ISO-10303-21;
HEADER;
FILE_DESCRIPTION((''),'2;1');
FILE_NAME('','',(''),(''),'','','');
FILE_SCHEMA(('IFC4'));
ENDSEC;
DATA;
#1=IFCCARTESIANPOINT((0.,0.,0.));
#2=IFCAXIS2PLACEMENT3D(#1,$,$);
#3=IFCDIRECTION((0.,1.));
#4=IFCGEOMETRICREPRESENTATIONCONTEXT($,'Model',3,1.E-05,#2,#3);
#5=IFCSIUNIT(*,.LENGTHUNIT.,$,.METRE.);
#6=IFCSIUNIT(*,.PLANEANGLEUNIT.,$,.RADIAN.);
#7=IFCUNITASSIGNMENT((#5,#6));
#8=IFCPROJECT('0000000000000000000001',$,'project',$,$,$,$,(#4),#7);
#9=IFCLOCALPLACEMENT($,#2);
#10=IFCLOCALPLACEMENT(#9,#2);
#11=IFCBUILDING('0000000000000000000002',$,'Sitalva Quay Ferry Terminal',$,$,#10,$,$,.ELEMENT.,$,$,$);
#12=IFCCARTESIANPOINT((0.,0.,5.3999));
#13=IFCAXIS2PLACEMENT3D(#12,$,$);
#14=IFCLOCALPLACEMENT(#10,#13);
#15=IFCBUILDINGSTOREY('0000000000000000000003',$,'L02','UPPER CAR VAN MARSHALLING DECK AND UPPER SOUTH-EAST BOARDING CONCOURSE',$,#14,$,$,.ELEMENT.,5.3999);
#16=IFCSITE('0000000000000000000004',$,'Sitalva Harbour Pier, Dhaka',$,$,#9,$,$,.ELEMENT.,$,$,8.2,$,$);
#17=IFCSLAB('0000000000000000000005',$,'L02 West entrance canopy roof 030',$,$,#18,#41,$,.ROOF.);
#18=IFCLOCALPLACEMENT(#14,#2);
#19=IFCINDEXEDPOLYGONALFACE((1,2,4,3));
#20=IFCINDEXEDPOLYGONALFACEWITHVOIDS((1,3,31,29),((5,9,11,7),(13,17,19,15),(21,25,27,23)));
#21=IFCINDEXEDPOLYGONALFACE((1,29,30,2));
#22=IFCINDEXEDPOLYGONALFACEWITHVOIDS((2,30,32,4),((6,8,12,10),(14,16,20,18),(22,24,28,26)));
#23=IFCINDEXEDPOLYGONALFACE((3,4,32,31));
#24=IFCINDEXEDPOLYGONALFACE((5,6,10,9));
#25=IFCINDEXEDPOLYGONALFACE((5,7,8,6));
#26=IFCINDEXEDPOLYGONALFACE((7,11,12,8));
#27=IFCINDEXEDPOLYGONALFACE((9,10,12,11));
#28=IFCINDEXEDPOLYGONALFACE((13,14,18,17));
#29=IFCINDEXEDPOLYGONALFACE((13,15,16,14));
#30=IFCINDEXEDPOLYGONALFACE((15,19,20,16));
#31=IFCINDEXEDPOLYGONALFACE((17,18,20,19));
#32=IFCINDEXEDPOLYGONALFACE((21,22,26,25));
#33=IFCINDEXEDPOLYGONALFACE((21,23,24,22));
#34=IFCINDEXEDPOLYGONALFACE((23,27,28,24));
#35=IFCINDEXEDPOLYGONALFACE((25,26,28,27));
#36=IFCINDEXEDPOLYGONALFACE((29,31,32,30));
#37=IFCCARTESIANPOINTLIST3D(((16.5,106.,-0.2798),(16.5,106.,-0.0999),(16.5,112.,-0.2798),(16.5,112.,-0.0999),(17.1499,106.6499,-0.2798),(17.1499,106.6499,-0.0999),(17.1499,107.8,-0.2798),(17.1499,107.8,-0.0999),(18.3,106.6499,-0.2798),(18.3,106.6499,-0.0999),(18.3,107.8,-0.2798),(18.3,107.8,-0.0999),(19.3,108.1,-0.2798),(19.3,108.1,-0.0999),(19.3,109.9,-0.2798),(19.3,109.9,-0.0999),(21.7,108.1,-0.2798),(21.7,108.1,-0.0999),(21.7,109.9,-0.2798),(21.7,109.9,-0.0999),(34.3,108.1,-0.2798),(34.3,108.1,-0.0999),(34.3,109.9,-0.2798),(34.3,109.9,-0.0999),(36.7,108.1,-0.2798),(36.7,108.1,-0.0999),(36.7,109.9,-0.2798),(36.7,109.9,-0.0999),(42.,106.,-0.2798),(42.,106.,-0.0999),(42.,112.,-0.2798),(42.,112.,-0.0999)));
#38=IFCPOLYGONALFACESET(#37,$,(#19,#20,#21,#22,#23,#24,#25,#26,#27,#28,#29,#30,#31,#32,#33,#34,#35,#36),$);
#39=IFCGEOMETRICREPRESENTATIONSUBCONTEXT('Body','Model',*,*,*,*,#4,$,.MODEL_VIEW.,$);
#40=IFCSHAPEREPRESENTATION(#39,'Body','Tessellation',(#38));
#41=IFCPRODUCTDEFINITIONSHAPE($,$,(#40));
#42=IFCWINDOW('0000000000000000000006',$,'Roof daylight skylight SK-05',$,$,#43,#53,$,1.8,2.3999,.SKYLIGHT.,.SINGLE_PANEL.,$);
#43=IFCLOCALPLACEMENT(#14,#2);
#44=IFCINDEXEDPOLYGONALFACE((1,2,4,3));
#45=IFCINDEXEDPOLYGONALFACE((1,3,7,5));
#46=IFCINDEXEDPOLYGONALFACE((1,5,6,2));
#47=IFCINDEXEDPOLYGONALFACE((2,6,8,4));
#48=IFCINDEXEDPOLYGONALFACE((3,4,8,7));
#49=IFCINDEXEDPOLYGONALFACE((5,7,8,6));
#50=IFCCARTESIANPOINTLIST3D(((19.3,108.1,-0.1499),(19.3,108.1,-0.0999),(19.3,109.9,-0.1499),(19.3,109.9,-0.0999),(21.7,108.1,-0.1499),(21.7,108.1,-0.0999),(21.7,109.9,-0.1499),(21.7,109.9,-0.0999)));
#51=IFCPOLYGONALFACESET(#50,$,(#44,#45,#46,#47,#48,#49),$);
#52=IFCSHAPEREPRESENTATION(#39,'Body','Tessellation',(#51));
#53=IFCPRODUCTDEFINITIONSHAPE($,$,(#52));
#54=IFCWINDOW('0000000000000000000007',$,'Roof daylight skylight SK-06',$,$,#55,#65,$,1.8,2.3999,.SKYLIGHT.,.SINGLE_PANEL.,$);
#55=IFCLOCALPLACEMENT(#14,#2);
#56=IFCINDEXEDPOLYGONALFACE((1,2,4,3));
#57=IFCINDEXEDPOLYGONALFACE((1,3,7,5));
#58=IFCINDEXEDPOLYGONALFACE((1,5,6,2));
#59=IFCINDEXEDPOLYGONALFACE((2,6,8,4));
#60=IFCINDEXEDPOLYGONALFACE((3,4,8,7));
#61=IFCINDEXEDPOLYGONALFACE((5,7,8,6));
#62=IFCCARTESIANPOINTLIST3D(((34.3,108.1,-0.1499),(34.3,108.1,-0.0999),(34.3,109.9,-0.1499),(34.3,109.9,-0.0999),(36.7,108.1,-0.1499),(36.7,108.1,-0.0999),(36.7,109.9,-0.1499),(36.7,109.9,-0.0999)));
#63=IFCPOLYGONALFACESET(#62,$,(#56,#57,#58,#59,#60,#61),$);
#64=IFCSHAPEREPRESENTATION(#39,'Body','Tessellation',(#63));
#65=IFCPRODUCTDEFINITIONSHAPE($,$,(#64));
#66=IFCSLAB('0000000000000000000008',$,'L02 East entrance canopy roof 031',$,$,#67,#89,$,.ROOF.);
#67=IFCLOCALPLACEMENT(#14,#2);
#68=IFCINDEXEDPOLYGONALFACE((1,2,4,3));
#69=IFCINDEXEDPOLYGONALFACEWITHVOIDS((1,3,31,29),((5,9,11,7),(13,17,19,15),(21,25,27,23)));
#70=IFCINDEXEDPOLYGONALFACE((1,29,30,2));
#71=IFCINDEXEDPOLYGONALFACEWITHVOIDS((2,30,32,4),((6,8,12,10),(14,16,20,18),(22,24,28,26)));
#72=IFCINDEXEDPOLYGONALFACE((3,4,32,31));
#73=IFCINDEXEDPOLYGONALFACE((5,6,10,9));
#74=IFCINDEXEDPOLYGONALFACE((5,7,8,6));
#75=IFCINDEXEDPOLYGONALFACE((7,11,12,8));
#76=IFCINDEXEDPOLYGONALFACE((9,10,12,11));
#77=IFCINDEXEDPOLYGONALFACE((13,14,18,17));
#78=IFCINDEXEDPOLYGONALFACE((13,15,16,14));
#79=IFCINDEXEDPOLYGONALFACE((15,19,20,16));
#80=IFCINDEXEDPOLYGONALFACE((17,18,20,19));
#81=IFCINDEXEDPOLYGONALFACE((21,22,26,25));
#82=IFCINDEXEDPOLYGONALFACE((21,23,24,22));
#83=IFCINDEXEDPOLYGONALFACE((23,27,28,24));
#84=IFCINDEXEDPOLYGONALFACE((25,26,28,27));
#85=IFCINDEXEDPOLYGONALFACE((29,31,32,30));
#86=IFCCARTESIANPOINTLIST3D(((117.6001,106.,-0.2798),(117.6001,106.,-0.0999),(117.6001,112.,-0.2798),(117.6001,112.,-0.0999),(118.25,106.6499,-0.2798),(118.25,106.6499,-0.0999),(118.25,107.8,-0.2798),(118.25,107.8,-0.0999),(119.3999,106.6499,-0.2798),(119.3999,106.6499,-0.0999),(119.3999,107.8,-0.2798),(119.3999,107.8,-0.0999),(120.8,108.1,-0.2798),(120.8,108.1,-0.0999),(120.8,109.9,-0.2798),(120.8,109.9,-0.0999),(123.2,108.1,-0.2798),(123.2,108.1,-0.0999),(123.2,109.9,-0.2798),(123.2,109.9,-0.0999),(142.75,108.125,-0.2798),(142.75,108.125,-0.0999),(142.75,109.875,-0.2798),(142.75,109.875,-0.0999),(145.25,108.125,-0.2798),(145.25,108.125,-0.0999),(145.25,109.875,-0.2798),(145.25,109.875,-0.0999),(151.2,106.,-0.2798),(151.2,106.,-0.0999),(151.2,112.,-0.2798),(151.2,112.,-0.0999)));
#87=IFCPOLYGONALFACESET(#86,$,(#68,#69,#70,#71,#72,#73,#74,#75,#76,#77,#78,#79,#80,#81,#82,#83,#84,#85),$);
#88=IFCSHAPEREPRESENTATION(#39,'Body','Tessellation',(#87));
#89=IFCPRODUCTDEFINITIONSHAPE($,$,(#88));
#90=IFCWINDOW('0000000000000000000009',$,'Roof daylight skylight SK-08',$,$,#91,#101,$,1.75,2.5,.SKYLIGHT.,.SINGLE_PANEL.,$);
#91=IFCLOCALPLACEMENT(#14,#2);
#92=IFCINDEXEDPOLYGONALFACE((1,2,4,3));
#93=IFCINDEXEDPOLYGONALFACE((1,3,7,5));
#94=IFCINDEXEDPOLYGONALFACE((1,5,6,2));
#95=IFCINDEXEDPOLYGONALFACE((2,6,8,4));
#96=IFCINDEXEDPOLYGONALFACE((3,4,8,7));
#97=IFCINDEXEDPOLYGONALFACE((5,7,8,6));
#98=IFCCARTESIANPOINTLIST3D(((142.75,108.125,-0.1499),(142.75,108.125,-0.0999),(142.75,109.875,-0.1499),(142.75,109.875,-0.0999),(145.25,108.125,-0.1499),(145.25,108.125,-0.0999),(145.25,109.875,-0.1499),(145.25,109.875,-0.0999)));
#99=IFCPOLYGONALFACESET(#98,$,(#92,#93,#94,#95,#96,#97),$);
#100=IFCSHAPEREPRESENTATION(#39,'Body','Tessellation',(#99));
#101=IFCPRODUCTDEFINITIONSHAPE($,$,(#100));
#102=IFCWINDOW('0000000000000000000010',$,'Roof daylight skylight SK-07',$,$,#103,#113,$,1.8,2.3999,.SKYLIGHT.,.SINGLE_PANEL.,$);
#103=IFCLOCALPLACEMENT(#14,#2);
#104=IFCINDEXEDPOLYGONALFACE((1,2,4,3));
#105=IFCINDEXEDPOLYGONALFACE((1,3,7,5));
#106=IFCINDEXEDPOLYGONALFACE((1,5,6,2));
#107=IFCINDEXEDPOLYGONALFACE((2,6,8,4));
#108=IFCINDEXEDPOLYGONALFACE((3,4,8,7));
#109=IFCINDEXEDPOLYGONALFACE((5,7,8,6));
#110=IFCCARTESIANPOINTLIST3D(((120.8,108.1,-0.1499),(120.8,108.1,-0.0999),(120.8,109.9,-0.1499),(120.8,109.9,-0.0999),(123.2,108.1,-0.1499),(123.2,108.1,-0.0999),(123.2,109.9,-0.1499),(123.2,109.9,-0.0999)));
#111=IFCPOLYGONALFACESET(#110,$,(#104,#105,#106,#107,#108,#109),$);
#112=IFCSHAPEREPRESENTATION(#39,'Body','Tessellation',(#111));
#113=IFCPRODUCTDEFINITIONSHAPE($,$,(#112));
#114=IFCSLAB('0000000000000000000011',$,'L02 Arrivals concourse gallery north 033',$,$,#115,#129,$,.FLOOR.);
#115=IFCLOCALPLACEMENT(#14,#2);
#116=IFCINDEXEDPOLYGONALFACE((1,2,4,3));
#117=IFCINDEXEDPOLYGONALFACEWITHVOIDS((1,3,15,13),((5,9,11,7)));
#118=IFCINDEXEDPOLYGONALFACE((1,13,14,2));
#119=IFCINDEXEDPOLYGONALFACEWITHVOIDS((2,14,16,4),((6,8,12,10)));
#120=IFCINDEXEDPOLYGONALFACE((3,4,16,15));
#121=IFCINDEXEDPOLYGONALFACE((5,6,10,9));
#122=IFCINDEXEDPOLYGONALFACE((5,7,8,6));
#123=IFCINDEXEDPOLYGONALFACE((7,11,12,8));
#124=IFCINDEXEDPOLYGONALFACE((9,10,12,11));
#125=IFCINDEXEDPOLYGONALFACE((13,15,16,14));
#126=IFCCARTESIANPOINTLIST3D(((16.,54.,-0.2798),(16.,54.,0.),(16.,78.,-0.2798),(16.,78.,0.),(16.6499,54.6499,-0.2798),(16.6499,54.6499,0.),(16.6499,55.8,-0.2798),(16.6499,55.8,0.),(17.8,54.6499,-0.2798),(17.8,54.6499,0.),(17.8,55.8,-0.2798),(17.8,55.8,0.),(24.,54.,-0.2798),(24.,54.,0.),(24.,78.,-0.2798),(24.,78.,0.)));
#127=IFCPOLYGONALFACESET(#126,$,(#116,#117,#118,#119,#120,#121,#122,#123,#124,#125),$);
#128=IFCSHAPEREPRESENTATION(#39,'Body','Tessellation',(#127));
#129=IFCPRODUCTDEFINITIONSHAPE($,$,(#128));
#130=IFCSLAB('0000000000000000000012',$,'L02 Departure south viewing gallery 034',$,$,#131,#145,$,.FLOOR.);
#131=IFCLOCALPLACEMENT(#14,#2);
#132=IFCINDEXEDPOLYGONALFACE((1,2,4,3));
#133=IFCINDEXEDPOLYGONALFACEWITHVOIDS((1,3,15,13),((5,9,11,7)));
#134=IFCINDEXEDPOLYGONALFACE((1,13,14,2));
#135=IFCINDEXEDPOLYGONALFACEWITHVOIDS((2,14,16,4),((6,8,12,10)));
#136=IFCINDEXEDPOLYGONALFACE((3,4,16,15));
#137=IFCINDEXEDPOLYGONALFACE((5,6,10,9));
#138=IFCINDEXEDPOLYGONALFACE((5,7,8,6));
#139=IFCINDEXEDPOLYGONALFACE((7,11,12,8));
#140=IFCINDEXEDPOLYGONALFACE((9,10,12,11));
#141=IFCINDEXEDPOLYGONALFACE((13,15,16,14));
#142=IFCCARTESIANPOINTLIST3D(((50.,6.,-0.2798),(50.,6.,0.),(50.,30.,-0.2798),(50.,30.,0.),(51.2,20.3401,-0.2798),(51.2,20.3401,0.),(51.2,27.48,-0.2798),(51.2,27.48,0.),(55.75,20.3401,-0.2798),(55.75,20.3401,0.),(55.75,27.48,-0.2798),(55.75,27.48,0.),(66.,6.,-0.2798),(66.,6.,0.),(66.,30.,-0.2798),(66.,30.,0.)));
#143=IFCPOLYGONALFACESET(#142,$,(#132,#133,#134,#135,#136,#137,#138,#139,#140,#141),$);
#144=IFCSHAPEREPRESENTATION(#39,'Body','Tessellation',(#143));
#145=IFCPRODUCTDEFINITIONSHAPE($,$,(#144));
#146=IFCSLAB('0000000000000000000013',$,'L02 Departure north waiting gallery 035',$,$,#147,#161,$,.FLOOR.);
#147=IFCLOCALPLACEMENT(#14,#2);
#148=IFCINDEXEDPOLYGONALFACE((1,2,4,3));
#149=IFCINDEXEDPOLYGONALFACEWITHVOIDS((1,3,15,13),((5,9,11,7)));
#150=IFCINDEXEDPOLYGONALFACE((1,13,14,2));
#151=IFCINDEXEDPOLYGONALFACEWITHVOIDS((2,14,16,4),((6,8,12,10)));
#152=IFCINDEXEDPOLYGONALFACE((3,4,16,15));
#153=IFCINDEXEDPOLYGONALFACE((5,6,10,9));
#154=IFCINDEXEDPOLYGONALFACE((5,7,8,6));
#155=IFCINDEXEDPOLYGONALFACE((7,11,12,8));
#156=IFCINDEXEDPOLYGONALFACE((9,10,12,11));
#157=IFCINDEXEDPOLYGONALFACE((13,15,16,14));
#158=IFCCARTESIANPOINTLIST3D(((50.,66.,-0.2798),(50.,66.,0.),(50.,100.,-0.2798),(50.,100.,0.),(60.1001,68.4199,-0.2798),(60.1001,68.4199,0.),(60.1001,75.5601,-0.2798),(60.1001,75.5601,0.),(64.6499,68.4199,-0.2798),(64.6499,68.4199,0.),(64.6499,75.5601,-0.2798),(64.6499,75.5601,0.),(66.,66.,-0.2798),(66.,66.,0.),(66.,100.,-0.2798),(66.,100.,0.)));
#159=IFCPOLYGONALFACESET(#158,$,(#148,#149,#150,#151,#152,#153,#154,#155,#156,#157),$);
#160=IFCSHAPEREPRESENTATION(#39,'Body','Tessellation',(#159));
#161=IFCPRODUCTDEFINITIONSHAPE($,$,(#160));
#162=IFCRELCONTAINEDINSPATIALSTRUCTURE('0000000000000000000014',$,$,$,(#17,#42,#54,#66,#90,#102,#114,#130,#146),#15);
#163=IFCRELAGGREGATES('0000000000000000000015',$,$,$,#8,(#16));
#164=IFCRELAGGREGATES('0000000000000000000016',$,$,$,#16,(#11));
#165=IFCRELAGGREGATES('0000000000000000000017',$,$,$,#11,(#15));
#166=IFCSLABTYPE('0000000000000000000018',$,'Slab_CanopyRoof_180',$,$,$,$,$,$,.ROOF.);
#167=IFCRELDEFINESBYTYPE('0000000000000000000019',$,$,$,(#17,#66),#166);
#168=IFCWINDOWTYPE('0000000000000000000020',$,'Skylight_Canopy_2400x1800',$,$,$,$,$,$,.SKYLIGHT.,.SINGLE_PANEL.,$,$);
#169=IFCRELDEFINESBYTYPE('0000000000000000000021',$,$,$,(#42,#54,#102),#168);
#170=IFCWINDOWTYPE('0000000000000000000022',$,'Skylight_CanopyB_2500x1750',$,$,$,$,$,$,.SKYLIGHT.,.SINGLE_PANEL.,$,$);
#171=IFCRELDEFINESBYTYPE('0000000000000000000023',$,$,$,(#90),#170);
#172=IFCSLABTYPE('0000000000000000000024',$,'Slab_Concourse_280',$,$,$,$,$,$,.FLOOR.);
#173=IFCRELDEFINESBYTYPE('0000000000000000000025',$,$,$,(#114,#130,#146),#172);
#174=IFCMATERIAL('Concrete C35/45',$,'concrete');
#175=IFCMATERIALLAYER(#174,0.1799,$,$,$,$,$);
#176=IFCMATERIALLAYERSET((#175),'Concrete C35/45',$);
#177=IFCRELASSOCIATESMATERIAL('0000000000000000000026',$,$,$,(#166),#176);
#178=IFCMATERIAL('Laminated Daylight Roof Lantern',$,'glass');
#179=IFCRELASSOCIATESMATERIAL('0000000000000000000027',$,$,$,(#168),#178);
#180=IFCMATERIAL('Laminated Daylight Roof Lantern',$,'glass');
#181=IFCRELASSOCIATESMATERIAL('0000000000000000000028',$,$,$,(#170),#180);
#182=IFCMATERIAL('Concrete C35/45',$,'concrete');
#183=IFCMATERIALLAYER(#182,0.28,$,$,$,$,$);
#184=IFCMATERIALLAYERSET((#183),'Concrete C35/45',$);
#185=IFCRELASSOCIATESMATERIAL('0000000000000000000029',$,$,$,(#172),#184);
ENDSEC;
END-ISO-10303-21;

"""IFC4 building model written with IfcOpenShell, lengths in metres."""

from ifc_helpers import new_model, si_unit, direction, frame, origin, origin_2d, place, context, subcontext, project, spatial, polyline, rectangle, outline, extrude, material, layer, layer_set, type_object, element, fill, save


model = new_model("IFC4")

# Units and contexts
model_context = context("Model", 3, precision=1e-05, world=origin(), true_north=direction((0.0, 1.0)))
body_context = subcontext(model_context, "Body", "Model", "MODEL_VIEW")
ifc_project = project(units=[si_unit("LENGTHUNIT", "METRE"), si_unit("PLANEANGLEUNIT", "RADIAN")], contexts=[model_context])

# Site, building, storey
site_placement = place(None, origin())
site = spatial("IfcSite", under=ifc_project, at=site_placement, Name="Sitalva Harbour Pier, Dhaka", CompositionType="ELEMENT", RefElevation=8.2)
building_placement = place(site_placement, origin())
building = spatial("IfcBuilding", under=site, at=building_placement, Name="Sitalva Quay Ferry Terminal", CompositionType="ELEMENT")
storey_placement = place(building_placement, frame((0.0, 0.0, 5.3999)))
storey = spatial("IfcBuildingStorey", under=building, at=storey_placement, Name="L02", Description="UPPER CAR VAN MARSHALLING DECK AND UPPER SOUTH-EAST BOARDING CONCOURSE", CompositionType="ELEMENT", Elevation=5.3999)

# Slabs, openings, windows
ifc_material_1 = material(Name="Concrete C35/45", Category="concrete")
ifc_layer_1 = layer(ifc_material_1, 0.1799)
ifc_layer_set_1 = layer_set([ifc_layer_1], Name="Concrete C35/45")
slab_type_1 = type_object("IfcSlabType", Name="Slab_CanopyRoof_180", PredefinedType="ROOF", material=ifc_layer_set_1)
slab_1_placement = place(storey_placement, frame((0.0, 0.0, -0.2798)))
slab_1 = element("IfcSlab", 1, at=slab_1_placement, inside=storey, type_object=slab_type_1, Name="L02 West entrance canopy roof 030", PredefinedType="ROOF", context=body_context, shape_type="SweptSolid", body=[
    extrude(outline(polyline([(16.5, 106.0), (42.0, 106.0), (42.0, 112.0), (16.5, 112.0), (16.5, 106.0)]), holes=[polyline([(17.1499, 106.6499), (17.1499, 107.8), (18.3, 107.8), (18.3, 106.6499), (17.1499, 106.6499)])]), origin(), (0.0, 0.0, 1.0), 0.1799),
])
opening_1_placement = place(slab_1_placement, frame((20.5, 109.0, 0.0)))
opening_1 = element("IfcOpeningElement", 2, at=opening_1_placement, cuts=slab_1, PredefinedType="OPENING", context=body_context, shape_type="SweptSolid", body=[
    extrude(rectangle(XDim=2.3999, YDim=1.8, at=origin_2d()), frame((0.0, 0.0, -0.01)), (0.0, 0.0, 1.0), 0.2),
])
opening_2_placement = place(slab_1_placement, frame((35.5, 109.0, 0.0)))
opening_2 = element("IfcOpeningElement", 3, at=opening_2_placement, cuts=slab_1, PredefinedType="OPENING", context=body_context, shape_type="SweptSolid", body=[
    extrude(rectangle(XDim=2.3999, YDim=1.8, at=origin_2d()), frame((0.0, 0.0, -0.01)), (0.0, 0.0, 1.0), 0.2),
])
ifc_material_2 = material(Name="Laminated Daylight Roof Lantern", Category="glass")
window_type_1 = type_object("IfcWindowType", Name="Skylight_Canopy_2400x1800", PartitioningType="SINGLE_PANEL", PredefinedType="SKYLIGHT", material=ifc_material_2)
window_1_placement = place(opening_1_placement, frame((0.0, 0.0, 0.1299)))
window_1 = element("IfcWindow", 4, at=window_1_placement, inside=storey, type_object=window_type_1, Name="Roof daylight skylight SK-05", OverallHeight=1.8, OverallWidth=2.3999, PartitioningType="SINGLE_PANEL", PredefinedType="SKYLIGHT", context=body_context, shape_type="SweptSolid", body=[
    extrude(rectangle(XDim=2.3999, YDim=1.8, at=origin_2d()), origin(), (0.0, 0.0, 1.0), 0.05),
])
fill(opening_1, window_1)
window_2_placement = place(opening_2_placement, frame((0.0, 0.0, 0.1299)))
window_2 = element("IfcWindow", 5, at=window_2_placement, inside=storey, type_object=window_type_1, Name="Roof daylight skylight SK-06", OverallHeight=1.8, OverallWidth=2.3999, PartitioningType="SINGLE_PANEL", PredefinedType="SKYLIGHT", context=body_context, shape_type="SweptSolid", body=[
    extrude(rectangle(XDim=2.3999, YDim=1.8, at=origin_2d()), origin(), (0.0, 0.0, 1.0), 0.05),
])
fill(opening_2, window_2)
slab_2_placement = place(storey_placement, frame((0.0, 0.0, -0.2798)))
slab_2 = element("IfcSlab", 6, at=slab_2_placement, inside=storey, type_object=slab_type_1, Name="L02 East entrance canopy roof 031", PredefinedType="ROOF", context=body_context, shape_type="SweptSolid", body=[
    extrude(outline(polyline([(117.6001, 106.0), (151.2, 106.0), (151.2, 112.0), (117.6001, 112.0), (117.6001, 106.0)]), holes=[polyline([(118.25, 106.6499), (118.25, 107.8), (119.3999, 107.8), (119.3999, 106.6499), (118.25, 106.6499)])]), origin(), (0.0, 0.0, 1.0), 0.1799),
])
opening_3_placement = place(slab_2_placement, frame((122.0, 109.0, 0.0)))
opening_3 = element("IfcOpeningElement", 7, at=opening_3_placement, cuts=slab_2, PredefinedType="OPENING", context=body_context, shape_type="SweptSolid", body=[
    extrude(rectangle(XDim=2.3999, YDim=1.8, at=origin_2d()), frame((0.0, 0.0, -0.01)), (0.0, 0.0, 1.0), 0.2),
])
opening_4_placement = place(slab_2_placement, frame((144.0, 109.0, 0.0)))
opening_4 = element("IfcOpeningElement", 8, at=opening_4_placement, cuts=slab_2, PredefinedType="OPENING", context=body_context, shape_type="SweptSolid", body=[
    extrude(rectangle(XDim=2.5, YDim=1.75, at=origin_2d()), frame((0.0, 0.0, -0.01)), (0.0, 0.0, 1.0), 0.2),
])
ifc_material_3 = material(Name="Laminated Daylight Roof Lantern", Category="glass")
window_type_2 = type_object("IfcWindowType", Name="Skylight_CanopyB_2500x1750", PartitioningType="SINGLE_PANEL", PredefinedType="SKYLIGHT", material=ifc_material_3)
window_3_placement = place(opening_4_placement, frame((0.0, 0.0, 0.1299)))
window_3 = element("IfcWindow", 9, at=window_3_placement, inside=storey, type_object=window_type_2, Name="Roof daylight skylight SK-08", OverallHeight=1.75, OverallWidth=2.5, PartitioningType="SINGLE_PANEL", PredefinedType="SKYLIGHT", context=body_context, shape_type="SweptSolid", body=[
    extrude(rectangle(XDim=2.5, YDim=1.75, at=origin_2d()), origin(), (0.0, 0.0, 1.0), 0.05),
])
fill(opening_4, window_3)
window_4_placement = place(opening_3_placement, frame((0.0, 0.0, 0.1299)))
window_4 = element("IfcWindow", 10, at=window_4_placement, inside=storey, type_object=window_type_1, Name="Roof daylight skylight SK-07", OverallHeight=1.8, OverallWidth=2.3999, PartitioningType="SINGLE_PANEL", PredefinedType="SKYLIGHT", context=body_context, shape_type="SweptSolid", body=[
    extrude(rectangle(XDim=2.3999, YDim=1.8, at=origin_2d()), origin(), (0.0, 0.0, 1.0), 0.05),
])
fill(opening_3, window_4)

# Slabs
ifc_material_4 = material(Name="Concrete C35/45", Category="concrete")
ifc_layer_2 = layer(ifc_material_4, 0.28)
ifc_layer_set_2 = layer_set([ifc_layer_2], Name="Concrete C35/45")
slab_type_2 = type_object("IfcSlabType", Name="Slab_Concourse_280", PredefinedType="FLOOR", material=ifc_layer_set_2)
slab_3_placement = place(storey_placement, frame((0.0, 0.0, -0.2798)))
element("IfcSlab", 11, at=slab_3_placement, inside=storey, type_object=slab_type_2, Name="L02 Arrivals concourse gallery north 033", PredefinedType="FLOOR", context=body_context, shape_type="SweptSolid", body=[
    extrude(outline(polyline([(16.0, 54.0), (24.0, 54.0), (24.0, 78.0), (16.0, 78.0), (16.0, 54.0)]), holes=[polyline([(16.6499, 54.6499), (16.6499, 55.8), (17.8, 55.8), (17.8, 54.6499), (16.6499, 54.6499)])]), origin(), (0.0, 0.0, 1.0), 0.2798),
])
slab_4_placement = place(storey_placement, frame((0.0, 0.0, -0.2798)))
element("IfcSlab", 12, at=slab_4_placement, inside=storey, type_object=slab_type_2, Name="L02 Departure south viewing gallery 034", PredefinedType="FLOOR", context=body_context, shape_type="SweptSolid", body=[
    extrude(outline(polyline([(50.0, 6.0), (66.0, 6.0), (66.0, 30.0), (50.0, 30.0), (50.0, 6.0)]), holes=[polyline([(51.2, 20.3401), (51.2, 27.48), (55.75, 27.48), (55.75, 20.3401), (51.2, 20.3401)])]), origin(), (0.0, 0.0, 1.0), 0.2798),
])
slab_5_placement = place(storey_placement, frame((0.0, 0.0, -0.2798)))
element("IfcSlab", 13, at=slab_5_placement, inside=storey, type_object=slab_type_2, Name="L02 Departure north waiting gallery 035", PredefinedType="FLOOR", context=body_context, shape_type="SweptSolid", body=[
    extrude(outline(polyline([(50.0, 66.0), (66.0, 66.0), (66.0, 100.0), (50.0, 100.0), (50.0, 66.0)]), holes=[polyline([(60.1001, 68.4199), (60.1001, 75.5601), (64.6499, 75.5601), (64.6499, 68.4199), (60.1001, 68.4199)])]), origin(), (0.0, 0.0, 1.0), 0.2798),
])

save(model, "model.ifc")
